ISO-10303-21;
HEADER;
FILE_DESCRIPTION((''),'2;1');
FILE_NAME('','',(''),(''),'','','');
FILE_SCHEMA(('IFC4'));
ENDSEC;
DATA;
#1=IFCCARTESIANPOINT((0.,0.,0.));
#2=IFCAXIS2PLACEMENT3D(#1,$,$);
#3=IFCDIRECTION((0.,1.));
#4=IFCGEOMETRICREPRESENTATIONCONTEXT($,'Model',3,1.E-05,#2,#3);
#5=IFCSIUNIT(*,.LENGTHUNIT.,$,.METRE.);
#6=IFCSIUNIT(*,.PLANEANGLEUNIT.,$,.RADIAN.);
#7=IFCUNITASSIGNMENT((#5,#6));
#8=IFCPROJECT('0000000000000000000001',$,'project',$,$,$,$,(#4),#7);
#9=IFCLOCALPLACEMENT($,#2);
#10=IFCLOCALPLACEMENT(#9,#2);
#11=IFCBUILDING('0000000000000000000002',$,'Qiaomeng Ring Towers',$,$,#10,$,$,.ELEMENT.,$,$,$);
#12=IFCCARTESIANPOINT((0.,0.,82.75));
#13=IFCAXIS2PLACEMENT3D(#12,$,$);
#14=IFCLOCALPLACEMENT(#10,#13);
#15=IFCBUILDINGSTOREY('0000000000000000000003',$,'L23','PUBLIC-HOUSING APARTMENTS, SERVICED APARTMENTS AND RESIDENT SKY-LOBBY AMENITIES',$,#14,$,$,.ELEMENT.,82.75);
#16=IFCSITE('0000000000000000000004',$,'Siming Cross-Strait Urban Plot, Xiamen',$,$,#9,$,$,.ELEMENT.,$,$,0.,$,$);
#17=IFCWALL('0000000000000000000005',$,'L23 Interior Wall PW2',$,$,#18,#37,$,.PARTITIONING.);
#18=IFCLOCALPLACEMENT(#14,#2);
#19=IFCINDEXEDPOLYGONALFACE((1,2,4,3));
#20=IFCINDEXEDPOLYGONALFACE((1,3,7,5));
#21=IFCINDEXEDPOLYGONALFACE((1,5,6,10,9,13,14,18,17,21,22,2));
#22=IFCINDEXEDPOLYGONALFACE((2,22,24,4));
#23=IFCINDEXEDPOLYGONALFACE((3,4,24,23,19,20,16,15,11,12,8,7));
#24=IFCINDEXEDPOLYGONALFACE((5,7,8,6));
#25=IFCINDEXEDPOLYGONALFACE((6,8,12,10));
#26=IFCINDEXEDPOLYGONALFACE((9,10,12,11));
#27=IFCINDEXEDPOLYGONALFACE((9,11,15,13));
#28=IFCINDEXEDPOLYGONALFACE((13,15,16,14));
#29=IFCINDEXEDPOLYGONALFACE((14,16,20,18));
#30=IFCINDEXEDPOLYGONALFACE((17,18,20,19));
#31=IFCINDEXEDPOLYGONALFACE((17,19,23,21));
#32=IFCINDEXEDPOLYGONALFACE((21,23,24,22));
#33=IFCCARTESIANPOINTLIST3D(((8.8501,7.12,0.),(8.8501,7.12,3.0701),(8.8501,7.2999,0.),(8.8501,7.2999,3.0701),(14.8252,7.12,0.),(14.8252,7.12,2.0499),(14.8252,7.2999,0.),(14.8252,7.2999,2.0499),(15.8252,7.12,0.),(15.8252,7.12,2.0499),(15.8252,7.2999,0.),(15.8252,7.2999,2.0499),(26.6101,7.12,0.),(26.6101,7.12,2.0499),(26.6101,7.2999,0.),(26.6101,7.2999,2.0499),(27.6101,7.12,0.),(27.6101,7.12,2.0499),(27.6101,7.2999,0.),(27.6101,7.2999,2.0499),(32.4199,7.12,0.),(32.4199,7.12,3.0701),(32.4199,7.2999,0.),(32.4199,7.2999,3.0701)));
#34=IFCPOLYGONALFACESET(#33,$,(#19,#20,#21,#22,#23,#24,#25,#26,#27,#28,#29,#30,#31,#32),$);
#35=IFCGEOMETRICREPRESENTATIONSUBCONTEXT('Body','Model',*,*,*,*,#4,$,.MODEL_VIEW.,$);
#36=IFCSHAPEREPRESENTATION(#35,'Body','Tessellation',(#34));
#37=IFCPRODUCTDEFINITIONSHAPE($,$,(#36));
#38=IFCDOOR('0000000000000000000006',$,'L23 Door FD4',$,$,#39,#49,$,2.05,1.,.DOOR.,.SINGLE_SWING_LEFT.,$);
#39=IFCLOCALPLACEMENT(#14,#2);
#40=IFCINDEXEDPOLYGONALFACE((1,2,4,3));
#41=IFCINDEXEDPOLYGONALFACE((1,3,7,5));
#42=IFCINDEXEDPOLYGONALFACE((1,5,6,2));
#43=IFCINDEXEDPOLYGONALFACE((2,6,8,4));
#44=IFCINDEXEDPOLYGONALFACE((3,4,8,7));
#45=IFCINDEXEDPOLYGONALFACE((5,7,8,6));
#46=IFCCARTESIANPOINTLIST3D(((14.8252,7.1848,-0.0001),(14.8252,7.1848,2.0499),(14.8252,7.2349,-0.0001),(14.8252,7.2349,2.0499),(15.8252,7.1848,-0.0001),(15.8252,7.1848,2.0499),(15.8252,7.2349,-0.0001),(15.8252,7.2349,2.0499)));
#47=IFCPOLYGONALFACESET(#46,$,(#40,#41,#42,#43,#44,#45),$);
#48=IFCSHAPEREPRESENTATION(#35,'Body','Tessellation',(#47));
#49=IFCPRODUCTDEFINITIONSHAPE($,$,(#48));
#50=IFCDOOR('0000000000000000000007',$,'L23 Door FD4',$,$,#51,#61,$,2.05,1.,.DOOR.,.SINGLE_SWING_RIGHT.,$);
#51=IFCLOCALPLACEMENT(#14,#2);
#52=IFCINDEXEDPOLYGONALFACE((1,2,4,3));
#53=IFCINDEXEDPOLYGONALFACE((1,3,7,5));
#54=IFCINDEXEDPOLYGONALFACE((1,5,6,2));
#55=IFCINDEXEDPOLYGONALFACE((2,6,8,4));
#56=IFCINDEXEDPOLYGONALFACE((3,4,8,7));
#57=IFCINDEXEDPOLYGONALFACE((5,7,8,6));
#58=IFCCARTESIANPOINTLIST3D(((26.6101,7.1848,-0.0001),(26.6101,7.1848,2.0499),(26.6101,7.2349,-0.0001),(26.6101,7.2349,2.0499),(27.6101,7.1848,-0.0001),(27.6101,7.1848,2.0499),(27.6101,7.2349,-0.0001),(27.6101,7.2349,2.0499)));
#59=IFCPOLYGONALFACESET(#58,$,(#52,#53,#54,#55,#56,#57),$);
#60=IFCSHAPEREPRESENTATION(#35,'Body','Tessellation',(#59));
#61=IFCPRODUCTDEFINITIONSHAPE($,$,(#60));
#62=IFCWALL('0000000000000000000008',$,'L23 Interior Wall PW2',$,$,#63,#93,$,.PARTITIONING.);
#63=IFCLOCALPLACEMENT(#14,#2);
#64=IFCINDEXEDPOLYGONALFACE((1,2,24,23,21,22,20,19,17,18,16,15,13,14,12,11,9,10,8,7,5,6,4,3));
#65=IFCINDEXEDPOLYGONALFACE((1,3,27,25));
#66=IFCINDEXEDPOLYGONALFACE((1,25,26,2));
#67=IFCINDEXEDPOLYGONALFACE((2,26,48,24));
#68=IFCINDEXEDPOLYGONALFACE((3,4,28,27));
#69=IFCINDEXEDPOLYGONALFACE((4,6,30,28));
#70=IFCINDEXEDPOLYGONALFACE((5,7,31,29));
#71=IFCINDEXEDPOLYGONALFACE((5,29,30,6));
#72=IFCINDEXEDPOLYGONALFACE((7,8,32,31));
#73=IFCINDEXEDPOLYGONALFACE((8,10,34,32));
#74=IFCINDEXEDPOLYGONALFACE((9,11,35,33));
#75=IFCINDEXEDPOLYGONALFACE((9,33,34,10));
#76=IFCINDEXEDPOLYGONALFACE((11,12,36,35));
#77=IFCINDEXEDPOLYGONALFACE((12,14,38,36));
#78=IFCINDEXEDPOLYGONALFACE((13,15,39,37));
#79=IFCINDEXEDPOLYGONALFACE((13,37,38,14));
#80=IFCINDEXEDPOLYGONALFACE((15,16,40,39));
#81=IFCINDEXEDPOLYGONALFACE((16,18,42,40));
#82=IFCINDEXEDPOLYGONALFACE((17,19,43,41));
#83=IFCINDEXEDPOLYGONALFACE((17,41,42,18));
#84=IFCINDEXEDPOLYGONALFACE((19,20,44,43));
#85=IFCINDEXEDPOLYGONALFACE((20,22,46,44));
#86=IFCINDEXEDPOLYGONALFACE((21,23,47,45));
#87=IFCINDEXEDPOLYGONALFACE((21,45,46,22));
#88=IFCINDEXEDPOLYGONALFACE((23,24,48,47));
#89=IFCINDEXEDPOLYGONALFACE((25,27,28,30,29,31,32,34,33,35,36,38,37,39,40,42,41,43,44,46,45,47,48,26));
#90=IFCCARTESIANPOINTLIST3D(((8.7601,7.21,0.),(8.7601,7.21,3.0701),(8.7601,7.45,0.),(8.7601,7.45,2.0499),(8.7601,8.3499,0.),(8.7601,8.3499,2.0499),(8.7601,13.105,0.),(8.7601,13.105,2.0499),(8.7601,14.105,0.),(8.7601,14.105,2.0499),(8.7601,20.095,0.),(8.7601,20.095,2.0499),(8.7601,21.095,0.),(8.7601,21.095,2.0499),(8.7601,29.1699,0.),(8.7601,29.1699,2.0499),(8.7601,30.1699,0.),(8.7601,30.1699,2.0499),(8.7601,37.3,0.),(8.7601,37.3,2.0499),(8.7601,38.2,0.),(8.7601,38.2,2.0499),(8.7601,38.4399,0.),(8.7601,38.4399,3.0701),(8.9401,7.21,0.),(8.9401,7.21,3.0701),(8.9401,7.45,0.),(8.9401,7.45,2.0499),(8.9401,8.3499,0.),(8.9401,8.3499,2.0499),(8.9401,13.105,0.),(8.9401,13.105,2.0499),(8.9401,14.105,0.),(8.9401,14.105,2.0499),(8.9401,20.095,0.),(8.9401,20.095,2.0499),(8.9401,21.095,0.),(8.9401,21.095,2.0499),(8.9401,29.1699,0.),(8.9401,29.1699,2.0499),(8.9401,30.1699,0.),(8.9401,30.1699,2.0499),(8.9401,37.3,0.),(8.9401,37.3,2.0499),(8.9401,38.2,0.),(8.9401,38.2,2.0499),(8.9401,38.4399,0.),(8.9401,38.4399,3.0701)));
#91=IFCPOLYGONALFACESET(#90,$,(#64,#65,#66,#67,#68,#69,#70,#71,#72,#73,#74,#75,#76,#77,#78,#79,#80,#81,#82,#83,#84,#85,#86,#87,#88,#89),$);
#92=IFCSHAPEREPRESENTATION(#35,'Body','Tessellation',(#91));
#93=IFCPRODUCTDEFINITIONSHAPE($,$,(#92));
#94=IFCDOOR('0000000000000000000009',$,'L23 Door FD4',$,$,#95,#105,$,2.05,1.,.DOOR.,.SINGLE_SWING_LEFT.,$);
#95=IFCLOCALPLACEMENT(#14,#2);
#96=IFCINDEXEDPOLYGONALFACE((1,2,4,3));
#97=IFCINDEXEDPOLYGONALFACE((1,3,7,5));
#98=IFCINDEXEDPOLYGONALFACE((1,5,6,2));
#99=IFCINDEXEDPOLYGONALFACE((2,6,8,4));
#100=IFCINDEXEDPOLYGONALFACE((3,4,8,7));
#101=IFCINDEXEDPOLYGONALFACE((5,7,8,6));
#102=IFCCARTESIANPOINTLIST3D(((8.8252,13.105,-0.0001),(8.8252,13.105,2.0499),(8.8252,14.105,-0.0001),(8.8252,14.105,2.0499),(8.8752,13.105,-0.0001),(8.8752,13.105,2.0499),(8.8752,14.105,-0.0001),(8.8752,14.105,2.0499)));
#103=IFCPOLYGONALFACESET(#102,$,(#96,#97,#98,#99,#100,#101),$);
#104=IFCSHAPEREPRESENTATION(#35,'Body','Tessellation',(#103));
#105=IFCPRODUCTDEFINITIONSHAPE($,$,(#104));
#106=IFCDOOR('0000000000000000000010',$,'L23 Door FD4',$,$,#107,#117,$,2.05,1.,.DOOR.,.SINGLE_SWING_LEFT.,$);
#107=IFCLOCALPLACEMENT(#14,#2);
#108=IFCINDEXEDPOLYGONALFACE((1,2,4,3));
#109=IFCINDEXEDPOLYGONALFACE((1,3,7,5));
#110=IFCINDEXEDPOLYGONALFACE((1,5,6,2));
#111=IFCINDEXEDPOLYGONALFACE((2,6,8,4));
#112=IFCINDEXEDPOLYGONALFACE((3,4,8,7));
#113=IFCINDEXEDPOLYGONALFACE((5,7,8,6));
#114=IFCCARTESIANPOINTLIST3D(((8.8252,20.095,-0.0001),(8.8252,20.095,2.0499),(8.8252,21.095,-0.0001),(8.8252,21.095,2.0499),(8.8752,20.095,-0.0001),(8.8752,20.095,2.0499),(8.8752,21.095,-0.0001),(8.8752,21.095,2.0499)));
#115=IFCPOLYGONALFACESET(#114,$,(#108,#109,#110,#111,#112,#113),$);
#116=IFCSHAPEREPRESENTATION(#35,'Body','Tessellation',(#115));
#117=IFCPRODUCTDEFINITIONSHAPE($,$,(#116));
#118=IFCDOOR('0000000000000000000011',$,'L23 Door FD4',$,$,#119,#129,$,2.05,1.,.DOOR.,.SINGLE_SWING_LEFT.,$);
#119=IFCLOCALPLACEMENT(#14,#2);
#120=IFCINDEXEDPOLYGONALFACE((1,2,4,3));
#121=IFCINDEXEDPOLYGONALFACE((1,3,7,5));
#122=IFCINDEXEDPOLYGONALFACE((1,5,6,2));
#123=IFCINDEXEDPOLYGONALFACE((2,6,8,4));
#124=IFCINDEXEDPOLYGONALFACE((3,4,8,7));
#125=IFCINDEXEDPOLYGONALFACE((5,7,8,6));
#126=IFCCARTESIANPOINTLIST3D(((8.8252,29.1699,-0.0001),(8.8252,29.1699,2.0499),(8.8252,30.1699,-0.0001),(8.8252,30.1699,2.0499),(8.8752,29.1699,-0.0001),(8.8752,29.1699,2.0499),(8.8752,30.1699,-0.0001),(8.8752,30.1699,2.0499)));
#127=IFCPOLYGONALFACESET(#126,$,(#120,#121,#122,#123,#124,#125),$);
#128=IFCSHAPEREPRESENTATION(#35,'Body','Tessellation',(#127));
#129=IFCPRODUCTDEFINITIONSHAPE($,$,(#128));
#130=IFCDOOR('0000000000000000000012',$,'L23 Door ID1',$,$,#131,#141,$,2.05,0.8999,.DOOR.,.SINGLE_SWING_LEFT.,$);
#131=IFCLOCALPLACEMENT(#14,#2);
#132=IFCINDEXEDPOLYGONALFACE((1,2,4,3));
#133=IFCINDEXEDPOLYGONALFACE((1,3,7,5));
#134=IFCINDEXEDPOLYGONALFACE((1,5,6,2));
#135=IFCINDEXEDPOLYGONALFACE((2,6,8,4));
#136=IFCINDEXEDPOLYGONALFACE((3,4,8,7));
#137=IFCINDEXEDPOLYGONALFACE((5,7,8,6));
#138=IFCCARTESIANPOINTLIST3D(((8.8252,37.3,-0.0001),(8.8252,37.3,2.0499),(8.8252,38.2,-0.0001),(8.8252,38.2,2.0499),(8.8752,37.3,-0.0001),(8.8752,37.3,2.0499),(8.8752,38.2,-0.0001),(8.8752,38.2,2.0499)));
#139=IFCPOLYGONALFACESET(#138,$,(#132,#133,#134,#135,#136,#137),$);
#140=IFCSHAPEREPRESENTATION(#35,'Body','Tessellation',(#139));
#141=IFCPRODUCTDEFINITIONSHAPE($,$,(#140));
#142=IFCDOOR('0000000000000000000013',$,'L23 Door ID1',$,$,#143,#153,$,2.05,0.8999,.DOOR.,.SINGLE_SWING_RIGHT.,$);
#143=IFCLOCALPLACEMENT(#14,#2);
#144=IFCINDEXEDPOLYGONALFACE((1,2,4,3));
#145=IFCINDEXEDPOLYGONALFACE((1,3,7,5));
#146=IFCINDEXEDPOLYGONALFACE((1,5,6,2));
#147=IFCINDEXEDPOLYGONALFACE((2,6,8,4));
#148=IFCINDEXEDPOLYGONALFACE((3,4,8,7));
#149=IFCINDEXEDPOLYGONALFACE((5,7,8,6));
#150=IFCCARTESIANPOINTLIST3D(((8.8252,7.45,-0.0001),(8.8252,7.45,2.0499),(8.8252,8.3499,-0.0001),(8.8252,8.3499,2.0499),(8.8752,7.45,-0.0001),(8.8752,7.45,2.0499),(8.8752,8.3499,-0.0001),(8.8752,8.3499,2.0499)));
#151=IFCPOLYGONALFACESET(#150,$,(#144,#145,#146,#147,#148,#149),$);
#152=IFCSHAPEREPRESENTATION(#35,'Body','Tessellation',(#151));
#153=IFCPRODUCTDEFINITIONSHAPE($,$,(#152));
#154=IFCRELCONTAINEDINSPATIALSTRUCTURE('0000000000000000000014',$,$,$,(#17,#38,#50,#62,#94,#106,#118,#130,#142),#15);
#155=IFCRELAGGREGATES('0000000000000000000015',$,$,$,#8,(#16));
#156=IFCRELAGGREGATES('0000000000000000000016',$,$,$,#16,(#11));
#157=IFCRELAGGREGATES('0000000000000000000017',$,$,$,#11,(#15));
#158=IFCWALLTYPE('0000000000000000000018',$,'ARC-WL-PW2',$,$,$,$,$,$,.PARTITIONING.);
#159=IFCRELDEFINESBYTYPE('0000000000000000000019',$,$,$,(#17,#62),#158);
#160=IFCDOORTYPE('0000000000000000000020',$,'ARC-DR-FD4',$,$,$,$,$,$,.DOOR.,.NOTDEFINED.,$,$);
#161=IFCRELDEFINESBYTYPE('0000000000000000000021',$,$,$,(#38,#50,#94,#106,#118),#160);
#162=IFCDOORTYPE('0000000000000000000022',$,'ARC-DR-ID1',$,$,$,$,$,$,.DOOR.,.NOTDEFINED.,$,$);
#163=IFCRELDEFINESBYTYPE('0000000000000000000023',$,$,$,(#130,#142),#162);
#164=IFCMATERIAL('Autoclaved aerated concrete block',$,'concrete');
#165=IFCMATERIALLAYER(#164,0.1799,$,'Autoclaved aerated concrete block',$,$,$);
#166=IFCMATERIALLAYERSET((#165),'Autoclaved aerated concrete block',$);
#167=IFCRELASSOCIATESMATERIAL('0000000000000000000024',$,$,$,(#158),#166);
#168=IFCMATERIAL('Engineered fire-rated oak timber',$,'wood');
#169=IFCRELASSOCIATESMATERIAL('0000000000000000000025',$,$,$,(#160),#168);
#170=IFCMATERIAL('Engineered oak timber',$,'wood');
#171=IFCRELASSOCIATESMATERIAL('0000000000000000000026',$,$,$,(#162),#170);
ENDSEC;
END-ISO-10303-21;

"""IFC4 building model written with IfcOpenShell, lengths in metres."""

from ifc_helpers import new_model, si_unit, direction, frame, frame_2d, origin, place, context, subcontext, project, spatial, rectangle, extrude, source, transform, mapped, material, layer, layer_set, type_object, element, fill, save


model = new_model("IFC4")

# Units and contexts
model_context = context("Model", 3, precision=1e-05, world=origin(), true_north=direction((0.0, 1.0)))
body_context = subcontext(model_context, "Body", "Model", "MODEL_VIEW")
ifc_project = project(units=[si_unit("LENGTHUNIT", "METRE"), si_unit("PLANEANGLEUNIT", "RADIAN")], contexts=[model_context])

# Site, building, storey
site_placement = place(None, origin())
site = spatial("IfcSite", under=ifc_project, at=site_placement, Name="Siming Cross-Strait Urban Plot, Xiamen", CompositionType="ELEMENT", RefElevation=0.0)
building_placement = place(site_placement, origin())
building = spatial("IfcBuilding", under=site, at=building_placement, Name="Qiaomeng Ring Towers", CompositionType="ELEMENT")
storey_placement = place(building_placement, frame((0.0, 0.0, 82.75)))
storey = spatial("IfcBuildingStorey", under=building, at=storey_placement, Name="L23", Description="PUBLIC-HOUSING APARTMENTS, SERVICED APARTMENTS AND RESIDENT SKY-LOBBY AMENITIES", CompositionType="ELEMENT", Elevation=82.75)

# Walls, openings, doors
ifc_material_1 = material(Name="Autoclaved aerated concrete block", Category="concrete")
ifc_layer_1 = layer(ifc_material_1, 0.1799, Name="Autoclaved aerated concrete block")
ifc_layer_set_1 = layer_set([ifc_layer_1], Name="Autoclaved aerated concrete block")
wall_type_1 = type_object("IfcWallType", Name="ARC-WL-PW2", PredefinedType="PARTITIONING", material=ifc_layer_set_1)
wall_1_placement = place(storey_placement, frame((8.8501, 7.21, 0.0), z_axis=(0.0, 0.0, 1.0), x_axis=(1.0, 0.0, 0.0)))
wall_1 = element("IfcWall", 1, at=wall_1_placement, inside=storey, type_object=wall_type_1, Name="L23 Interior Wall PW2", PredefinedType="PARTITIONING", context=body_context, shape_type="SweptSolid", body=[
    extrude(rectangle(XDim=23.5698, YDim=0.1799, at=frame_2d((11.7849, 0.0))), origin(), (0.0, 0.0, 1.0), 3.0701),
])
opening_1_placement = place(wall_1_placement, frame((5.9751, 0.0, 0.0)))
opening_1 = element("IfcOpeningElement", 2, at=opening_1_placement, cuts=wall_1, PredefinedType="OPENING", context=body_context, shape_type="SweptSolid", body=[
    extrude(rectangle(XDim=1.0, YDim=2.05, at=frame_2d((0.5, 1.0249))), frame((0.0, 0.0999, 0.0), z_axis=(0.0, -1.0, 0.0), x_axis=(1.0, 0.0, 0.0)), (0.0, 0.0, 1.0), 0.2),
])
opening_2_placement = place(wall_1_placement, frame((17.76, 0.0, 0.0)))
opening_2 = element("IfcOpeningElement", 3, at=opening_2_placement, cuts=wall_1, PredefinedType="OPENING", context=body_context, shape_type="SweptSolid", body=[
    extrude(rectangle(XDim=1.0, YDim=2.05, at=frame_2d((0.5, 1.0249))), frame((0.0, 0.0999, 0.0), z_axis=(0.0, -1.0, 0.0), x_axis=(1.0, 0.0, 0.0)), (0.0, 0.0, 1.0), 0.2),
])
ifc_material_2 = material(Name="Engineered fire-rated oak timber", Category="wood")
door_type_1 = type_object("IfcDoorType", Name="ARC-DR-FD4", OperationType="NOTDEFINED", PredefinedType="DOOR", material=ifc_material_2)
shared_shape_1 = source(origin(), body_context, "Body", "SweptSolid", [
    extrude(rectangle(XDim=1.0, YDim=2.05, at=frame_2d((0.5, 1.0249))), frame((0.0, 0.0249, 0.0), z_axis=(0.0, -1.0, 0.0), x_axis=(1.0, 0.0, 0.0)), (0.0, 0.0, 1.0), 0.05),
])
door_1_placement = place(opening_1_placement, origin())
door_1 = element("IfcDoor", 4, at=door_1_placement, inside=storey, type_object=door_type_1, Name="L23 Door FD4", OperationType="SINGLE_SWING_LEFT", OverallHeight=2.05, OverallWidth=1.0, PredefinedType="DOOR", context=body_context, shape_type="MappedRepresentation", body=[
    mapped(shared_shape_1, transform((0.0, 0.0, 0.0), x_axis=(1.0, 0.0, 0.0), y_axis=(0.0, 1.0, 0.0), z_axis=(0.0, 0.0, 1.0), scale=1.0)),
])
fill(opening_1, door_1)
door_2_placement = place(opening_2_placement, origin())
door_2 = element("IfcDoor", 5, at=door_2_placement, inside=storey, type_object=door_type_1, Name="L23 Door FD4", OperationType="SINGLE_SWING_RIGHT", OverallHeight=2.05, OverallWidth=1.0, PredefinedType="DOOR", context=body_context, shape_type="MappedRepresentation", body=[
    mapped(shared_shape_1, transform((0.0, 0.0, 0.0), x_axis=(1.0, 0.0, 0.0), y_axis=(0.0, 1.0, 0.0), z_axis=(0.0, 0.0, 1.0), scale=1.0)),
])
fill(opening_2, door_2)
wall_2_placement = place(storey_placement, frame((8.8501, 7.21, 0.0), z_axis=(0.0, 0.0, 1.0), x_axis=(0.0, 1.0, 0.0)))
wall_2 = element("IfcWall", 6, at=wall_2_placement, inside=storey, type_object=wall_type_1, Name="L23 Interior Wall PW2", PredefinedType="PARTITIONING", context=body_context, shape_type="SweptSolid", body=[
    extrude(rectangle(XDim=31.23, YDim=0.1799, at=frame_2d((15.615, 0.0))), origin(), (0.0, 0.0, 1.0), 3.0701),
])
opening_3_placement = place(wall_2_placement, frame((30.0901, 0.0, 0.0)))
opening_3 = element("IfcOpeningElement", 7, at=opening_3_placement, cuts=wall_2, PredefinedType="OPENING", context=body_context, shape_type="SweptSolid", body=[
    extrude(rectangle(XDim=0.8999, YDim=2.05, at=frame_2d((0.45, 1.0249))), frame((0.0, 0.0999, 0.0), z_axis=(0.0, -1.0, 0.0), x_axis=(1.0, 0.0, 0.0)), (0.0, 0.0, 1.0), 0.2),
])
opening_4_placement = place(wall_2_placement, frame((0.24, 0.0, 0.0)))
opening_4 = element("IfcOpeningElement", 8, at=opening_4_placement, cuts=wall_2, PredefinedType="OPENING", context=body_context, shape_type="SweptSolid", body=[
    extrude(rectangle(XDim=0.8999, YDim=2.05, at=frame_2d((0.45, 1.0249))), frame((0.0, 0.0999, 0.0), z_axis=(0.0, -1.0, 0.0), x_axis=(1.0, 0.0, 0.0)), (0.0, 0.0, 1.0), 0.2),
])
opening_5_placement = place(wall_2_placement, frame((5.895, 0.0, 0.0)))
opening_5 = element("IfcOpeningElement", 9, at=opening_5_placement, cuts=wall_2, PredefinedType="OPENING", context=body_context, shape_type="SweptSolid", body=[
    extrude(rectangle(XDim=1.0, YDim=2.05, at=frame_2d((0.5, 1.0249))), frame((0.0, 0.0999, 0.0), z_axis=(0.0, -1.0, 0.0), x_axis=(1.0, 0.0, 0.0)), (0.0, 0.0, 1.0), 0.2),
])
opening_6_placement = place(wall_2_placement, frame((12.885, 0.0, 0.0)))
opening_6 = element("IfcOpeningElement", 10, at=opening_6_placement, cuts=wall_2, PredefinedType="OPENING", context=body_context, shape_type="SweptSolid", body=[
    extrude(rectangle(XDim=1.0, YDim=2.05, at=frame_2d((0.5, 1.0249))), frame((0.0, 0.0999, 0.0), z_axis=(0.0, -1.0, 0.0), x_axis=(1.0, 0.0, 0.0)), (0.0, 0.0, 1.0), 0.2),
])
opening_7_placement = place(wall_2_placement, frame((21.96, 0.0, 0.0)))
opening_7 = element("IfcOpeningElement", 11, at=opening_7_placement, cuts=wall_2, PredefinedType="OPENING", context=body_context, shape_type="SweptSolid", body=[
    extrude(rectangle(XDim=1.0, YDim=2.05, at=frame_2d((0.5, 1.0249))), frame((0.0, 0.0999, 0.0), z_axis=(0.0, -1.0, 0.0), x_axis=(1.0, 0.0, 0.0)), (0.0, 0.0, 1.0), 0.2),
])
door_3_placement = place(opening_5_placement, origin())
door_3 = element("IfcDoor", 12, at=door_3_placement, inside=storey, type_object=door_type_1, Name="L23 Door FD4", OperationType="SINGLE_SWING_LEFT", OverallHeight=2.05, OverallWidth=1.0, PredefinedType="DOOR", context=body_context, shape_type="MappedRepresentation", body=[
    mapped(shared_shape_1, transform((0.0, 0.0, 0.0), x_axis=(1.0, 0.0, 0.0), y_axis=(0.0, 1.0, 0.0), z_axis=(0.0, 0.0, 1.0), scale=1.0)),
])
fill(opening_5, door_3)
door_4_placement = place(opening_6_placement, origin())
door_4 = element("IfcDoor", 13, at=door_4_placement, inside=storey, type_object=door_type_1, Name="L23 Door FD4", OperationType="SINGLE_SWING_LEFT", OverallHeight=2.05, OverallWidth=1.0, PredefinedType="DOOR", context=body_context, shape_type="MappedRepresentation", body=[
    mapped(shared_shape_1, transform((0.0, 0.0, 0.0), x_axis=(1.0, 0.0, 0.0), y_axis=(0.0, 1.0, 0.0), z_axis=(0.0, 0.0, 1.0), scale=1.0)),
])
fill(opening_6, door_4)
door_5_placement = place(opening_7_placement, origin())
door_5 = element("IfcDoor", 14, at=door_5_placement, inside=storey, type_object=door_type_1, Name="L23 Door FD4", OperationType="SINGLE_SWING_LEFT", OverallHeight=2.05, OverallWidth=1.0, PredefinedType="DOOR", context=body_context, shape_type="MappedRepresentation", body=[
    mapped(shared_shape_1, transform((0.0, 0.0, 0.0), x_axis=(1.0, 0.0, 0.0), y_axis=(0.0, 1.0, 0.0), z_axis=(0.0, 0.0, 1.0), scale=1.0)),
])
fill(opening_7, door_5)
ifc_material_3 = material(Name="Engineered oak timber", Category="wood")
door_type_2 = type_object("IfcDoorType", Name="ARC-DR-ID1", OperationType="NOTDEFINED", PredefinedType="DOOR", material=ifc_material_3)
shared_shape_2 = source(origin(), body_context, "Body", "SweptSolid", [
    extrude(rectangle(XDim=0.8999, YDim=2.05, at=frame_2d((0.45, 1.0249))), frame((0.0, 0.0249, 0.0), z_axis=(0.0, -1.0, 0.0), x_axis=(1.0, 0.0, 0.0)), (0.0, 0.0, 1.0), 0.05),
])
door_6_placement = place(opening_3_placement, origin())
door_6 = element("IfcDoor", 15, at=door_6_placement, inside=storey, type_object=door_type_2, Name="L23 Door ID1", OperationType="SINGLE_SWING_LEFT", OverallHeight=2.05, OverallWidth=0.8999, PredefinedType="DOOR", context=body_context, shape_type="MappedRepresentation", body=[
    mapped(shared_shape_2, transform((0.0, 0.0, 0.0), x_axis=(1.0, 0.0, 0.0), y_axis=(0.0, 1.0, 0.0), z_axis=(0.0, 0.0, 1.0), scale=1.0)),
])
fill(opening_3, door_6)
door_7_placement = place(opening_4_placement, origin())
door_7 = element("IfcDoor", 16, at=door_7_placement, inside=storey, type_object=door_type_2, Name="L23 Door ID1", OperationType="SINGLE_SWING_RIGHT", OverallHeight=2.05, OverallWidth=0.8999, PredefinedType="DOOR", context=body_context, shape_type="MappedRepresentation", body=[
    mapped(shared_shape_2, transform((0.0, 0.0, 0.0), x_axis=(1.0, 0.0, 0.0), y_axis=(0.0, 1.0, 0.0), z_axis=(0.0, 0.0, 1.0), scale=1.0)),
])
fill(opening_4, door_7)

save(model, "model.ifc")
